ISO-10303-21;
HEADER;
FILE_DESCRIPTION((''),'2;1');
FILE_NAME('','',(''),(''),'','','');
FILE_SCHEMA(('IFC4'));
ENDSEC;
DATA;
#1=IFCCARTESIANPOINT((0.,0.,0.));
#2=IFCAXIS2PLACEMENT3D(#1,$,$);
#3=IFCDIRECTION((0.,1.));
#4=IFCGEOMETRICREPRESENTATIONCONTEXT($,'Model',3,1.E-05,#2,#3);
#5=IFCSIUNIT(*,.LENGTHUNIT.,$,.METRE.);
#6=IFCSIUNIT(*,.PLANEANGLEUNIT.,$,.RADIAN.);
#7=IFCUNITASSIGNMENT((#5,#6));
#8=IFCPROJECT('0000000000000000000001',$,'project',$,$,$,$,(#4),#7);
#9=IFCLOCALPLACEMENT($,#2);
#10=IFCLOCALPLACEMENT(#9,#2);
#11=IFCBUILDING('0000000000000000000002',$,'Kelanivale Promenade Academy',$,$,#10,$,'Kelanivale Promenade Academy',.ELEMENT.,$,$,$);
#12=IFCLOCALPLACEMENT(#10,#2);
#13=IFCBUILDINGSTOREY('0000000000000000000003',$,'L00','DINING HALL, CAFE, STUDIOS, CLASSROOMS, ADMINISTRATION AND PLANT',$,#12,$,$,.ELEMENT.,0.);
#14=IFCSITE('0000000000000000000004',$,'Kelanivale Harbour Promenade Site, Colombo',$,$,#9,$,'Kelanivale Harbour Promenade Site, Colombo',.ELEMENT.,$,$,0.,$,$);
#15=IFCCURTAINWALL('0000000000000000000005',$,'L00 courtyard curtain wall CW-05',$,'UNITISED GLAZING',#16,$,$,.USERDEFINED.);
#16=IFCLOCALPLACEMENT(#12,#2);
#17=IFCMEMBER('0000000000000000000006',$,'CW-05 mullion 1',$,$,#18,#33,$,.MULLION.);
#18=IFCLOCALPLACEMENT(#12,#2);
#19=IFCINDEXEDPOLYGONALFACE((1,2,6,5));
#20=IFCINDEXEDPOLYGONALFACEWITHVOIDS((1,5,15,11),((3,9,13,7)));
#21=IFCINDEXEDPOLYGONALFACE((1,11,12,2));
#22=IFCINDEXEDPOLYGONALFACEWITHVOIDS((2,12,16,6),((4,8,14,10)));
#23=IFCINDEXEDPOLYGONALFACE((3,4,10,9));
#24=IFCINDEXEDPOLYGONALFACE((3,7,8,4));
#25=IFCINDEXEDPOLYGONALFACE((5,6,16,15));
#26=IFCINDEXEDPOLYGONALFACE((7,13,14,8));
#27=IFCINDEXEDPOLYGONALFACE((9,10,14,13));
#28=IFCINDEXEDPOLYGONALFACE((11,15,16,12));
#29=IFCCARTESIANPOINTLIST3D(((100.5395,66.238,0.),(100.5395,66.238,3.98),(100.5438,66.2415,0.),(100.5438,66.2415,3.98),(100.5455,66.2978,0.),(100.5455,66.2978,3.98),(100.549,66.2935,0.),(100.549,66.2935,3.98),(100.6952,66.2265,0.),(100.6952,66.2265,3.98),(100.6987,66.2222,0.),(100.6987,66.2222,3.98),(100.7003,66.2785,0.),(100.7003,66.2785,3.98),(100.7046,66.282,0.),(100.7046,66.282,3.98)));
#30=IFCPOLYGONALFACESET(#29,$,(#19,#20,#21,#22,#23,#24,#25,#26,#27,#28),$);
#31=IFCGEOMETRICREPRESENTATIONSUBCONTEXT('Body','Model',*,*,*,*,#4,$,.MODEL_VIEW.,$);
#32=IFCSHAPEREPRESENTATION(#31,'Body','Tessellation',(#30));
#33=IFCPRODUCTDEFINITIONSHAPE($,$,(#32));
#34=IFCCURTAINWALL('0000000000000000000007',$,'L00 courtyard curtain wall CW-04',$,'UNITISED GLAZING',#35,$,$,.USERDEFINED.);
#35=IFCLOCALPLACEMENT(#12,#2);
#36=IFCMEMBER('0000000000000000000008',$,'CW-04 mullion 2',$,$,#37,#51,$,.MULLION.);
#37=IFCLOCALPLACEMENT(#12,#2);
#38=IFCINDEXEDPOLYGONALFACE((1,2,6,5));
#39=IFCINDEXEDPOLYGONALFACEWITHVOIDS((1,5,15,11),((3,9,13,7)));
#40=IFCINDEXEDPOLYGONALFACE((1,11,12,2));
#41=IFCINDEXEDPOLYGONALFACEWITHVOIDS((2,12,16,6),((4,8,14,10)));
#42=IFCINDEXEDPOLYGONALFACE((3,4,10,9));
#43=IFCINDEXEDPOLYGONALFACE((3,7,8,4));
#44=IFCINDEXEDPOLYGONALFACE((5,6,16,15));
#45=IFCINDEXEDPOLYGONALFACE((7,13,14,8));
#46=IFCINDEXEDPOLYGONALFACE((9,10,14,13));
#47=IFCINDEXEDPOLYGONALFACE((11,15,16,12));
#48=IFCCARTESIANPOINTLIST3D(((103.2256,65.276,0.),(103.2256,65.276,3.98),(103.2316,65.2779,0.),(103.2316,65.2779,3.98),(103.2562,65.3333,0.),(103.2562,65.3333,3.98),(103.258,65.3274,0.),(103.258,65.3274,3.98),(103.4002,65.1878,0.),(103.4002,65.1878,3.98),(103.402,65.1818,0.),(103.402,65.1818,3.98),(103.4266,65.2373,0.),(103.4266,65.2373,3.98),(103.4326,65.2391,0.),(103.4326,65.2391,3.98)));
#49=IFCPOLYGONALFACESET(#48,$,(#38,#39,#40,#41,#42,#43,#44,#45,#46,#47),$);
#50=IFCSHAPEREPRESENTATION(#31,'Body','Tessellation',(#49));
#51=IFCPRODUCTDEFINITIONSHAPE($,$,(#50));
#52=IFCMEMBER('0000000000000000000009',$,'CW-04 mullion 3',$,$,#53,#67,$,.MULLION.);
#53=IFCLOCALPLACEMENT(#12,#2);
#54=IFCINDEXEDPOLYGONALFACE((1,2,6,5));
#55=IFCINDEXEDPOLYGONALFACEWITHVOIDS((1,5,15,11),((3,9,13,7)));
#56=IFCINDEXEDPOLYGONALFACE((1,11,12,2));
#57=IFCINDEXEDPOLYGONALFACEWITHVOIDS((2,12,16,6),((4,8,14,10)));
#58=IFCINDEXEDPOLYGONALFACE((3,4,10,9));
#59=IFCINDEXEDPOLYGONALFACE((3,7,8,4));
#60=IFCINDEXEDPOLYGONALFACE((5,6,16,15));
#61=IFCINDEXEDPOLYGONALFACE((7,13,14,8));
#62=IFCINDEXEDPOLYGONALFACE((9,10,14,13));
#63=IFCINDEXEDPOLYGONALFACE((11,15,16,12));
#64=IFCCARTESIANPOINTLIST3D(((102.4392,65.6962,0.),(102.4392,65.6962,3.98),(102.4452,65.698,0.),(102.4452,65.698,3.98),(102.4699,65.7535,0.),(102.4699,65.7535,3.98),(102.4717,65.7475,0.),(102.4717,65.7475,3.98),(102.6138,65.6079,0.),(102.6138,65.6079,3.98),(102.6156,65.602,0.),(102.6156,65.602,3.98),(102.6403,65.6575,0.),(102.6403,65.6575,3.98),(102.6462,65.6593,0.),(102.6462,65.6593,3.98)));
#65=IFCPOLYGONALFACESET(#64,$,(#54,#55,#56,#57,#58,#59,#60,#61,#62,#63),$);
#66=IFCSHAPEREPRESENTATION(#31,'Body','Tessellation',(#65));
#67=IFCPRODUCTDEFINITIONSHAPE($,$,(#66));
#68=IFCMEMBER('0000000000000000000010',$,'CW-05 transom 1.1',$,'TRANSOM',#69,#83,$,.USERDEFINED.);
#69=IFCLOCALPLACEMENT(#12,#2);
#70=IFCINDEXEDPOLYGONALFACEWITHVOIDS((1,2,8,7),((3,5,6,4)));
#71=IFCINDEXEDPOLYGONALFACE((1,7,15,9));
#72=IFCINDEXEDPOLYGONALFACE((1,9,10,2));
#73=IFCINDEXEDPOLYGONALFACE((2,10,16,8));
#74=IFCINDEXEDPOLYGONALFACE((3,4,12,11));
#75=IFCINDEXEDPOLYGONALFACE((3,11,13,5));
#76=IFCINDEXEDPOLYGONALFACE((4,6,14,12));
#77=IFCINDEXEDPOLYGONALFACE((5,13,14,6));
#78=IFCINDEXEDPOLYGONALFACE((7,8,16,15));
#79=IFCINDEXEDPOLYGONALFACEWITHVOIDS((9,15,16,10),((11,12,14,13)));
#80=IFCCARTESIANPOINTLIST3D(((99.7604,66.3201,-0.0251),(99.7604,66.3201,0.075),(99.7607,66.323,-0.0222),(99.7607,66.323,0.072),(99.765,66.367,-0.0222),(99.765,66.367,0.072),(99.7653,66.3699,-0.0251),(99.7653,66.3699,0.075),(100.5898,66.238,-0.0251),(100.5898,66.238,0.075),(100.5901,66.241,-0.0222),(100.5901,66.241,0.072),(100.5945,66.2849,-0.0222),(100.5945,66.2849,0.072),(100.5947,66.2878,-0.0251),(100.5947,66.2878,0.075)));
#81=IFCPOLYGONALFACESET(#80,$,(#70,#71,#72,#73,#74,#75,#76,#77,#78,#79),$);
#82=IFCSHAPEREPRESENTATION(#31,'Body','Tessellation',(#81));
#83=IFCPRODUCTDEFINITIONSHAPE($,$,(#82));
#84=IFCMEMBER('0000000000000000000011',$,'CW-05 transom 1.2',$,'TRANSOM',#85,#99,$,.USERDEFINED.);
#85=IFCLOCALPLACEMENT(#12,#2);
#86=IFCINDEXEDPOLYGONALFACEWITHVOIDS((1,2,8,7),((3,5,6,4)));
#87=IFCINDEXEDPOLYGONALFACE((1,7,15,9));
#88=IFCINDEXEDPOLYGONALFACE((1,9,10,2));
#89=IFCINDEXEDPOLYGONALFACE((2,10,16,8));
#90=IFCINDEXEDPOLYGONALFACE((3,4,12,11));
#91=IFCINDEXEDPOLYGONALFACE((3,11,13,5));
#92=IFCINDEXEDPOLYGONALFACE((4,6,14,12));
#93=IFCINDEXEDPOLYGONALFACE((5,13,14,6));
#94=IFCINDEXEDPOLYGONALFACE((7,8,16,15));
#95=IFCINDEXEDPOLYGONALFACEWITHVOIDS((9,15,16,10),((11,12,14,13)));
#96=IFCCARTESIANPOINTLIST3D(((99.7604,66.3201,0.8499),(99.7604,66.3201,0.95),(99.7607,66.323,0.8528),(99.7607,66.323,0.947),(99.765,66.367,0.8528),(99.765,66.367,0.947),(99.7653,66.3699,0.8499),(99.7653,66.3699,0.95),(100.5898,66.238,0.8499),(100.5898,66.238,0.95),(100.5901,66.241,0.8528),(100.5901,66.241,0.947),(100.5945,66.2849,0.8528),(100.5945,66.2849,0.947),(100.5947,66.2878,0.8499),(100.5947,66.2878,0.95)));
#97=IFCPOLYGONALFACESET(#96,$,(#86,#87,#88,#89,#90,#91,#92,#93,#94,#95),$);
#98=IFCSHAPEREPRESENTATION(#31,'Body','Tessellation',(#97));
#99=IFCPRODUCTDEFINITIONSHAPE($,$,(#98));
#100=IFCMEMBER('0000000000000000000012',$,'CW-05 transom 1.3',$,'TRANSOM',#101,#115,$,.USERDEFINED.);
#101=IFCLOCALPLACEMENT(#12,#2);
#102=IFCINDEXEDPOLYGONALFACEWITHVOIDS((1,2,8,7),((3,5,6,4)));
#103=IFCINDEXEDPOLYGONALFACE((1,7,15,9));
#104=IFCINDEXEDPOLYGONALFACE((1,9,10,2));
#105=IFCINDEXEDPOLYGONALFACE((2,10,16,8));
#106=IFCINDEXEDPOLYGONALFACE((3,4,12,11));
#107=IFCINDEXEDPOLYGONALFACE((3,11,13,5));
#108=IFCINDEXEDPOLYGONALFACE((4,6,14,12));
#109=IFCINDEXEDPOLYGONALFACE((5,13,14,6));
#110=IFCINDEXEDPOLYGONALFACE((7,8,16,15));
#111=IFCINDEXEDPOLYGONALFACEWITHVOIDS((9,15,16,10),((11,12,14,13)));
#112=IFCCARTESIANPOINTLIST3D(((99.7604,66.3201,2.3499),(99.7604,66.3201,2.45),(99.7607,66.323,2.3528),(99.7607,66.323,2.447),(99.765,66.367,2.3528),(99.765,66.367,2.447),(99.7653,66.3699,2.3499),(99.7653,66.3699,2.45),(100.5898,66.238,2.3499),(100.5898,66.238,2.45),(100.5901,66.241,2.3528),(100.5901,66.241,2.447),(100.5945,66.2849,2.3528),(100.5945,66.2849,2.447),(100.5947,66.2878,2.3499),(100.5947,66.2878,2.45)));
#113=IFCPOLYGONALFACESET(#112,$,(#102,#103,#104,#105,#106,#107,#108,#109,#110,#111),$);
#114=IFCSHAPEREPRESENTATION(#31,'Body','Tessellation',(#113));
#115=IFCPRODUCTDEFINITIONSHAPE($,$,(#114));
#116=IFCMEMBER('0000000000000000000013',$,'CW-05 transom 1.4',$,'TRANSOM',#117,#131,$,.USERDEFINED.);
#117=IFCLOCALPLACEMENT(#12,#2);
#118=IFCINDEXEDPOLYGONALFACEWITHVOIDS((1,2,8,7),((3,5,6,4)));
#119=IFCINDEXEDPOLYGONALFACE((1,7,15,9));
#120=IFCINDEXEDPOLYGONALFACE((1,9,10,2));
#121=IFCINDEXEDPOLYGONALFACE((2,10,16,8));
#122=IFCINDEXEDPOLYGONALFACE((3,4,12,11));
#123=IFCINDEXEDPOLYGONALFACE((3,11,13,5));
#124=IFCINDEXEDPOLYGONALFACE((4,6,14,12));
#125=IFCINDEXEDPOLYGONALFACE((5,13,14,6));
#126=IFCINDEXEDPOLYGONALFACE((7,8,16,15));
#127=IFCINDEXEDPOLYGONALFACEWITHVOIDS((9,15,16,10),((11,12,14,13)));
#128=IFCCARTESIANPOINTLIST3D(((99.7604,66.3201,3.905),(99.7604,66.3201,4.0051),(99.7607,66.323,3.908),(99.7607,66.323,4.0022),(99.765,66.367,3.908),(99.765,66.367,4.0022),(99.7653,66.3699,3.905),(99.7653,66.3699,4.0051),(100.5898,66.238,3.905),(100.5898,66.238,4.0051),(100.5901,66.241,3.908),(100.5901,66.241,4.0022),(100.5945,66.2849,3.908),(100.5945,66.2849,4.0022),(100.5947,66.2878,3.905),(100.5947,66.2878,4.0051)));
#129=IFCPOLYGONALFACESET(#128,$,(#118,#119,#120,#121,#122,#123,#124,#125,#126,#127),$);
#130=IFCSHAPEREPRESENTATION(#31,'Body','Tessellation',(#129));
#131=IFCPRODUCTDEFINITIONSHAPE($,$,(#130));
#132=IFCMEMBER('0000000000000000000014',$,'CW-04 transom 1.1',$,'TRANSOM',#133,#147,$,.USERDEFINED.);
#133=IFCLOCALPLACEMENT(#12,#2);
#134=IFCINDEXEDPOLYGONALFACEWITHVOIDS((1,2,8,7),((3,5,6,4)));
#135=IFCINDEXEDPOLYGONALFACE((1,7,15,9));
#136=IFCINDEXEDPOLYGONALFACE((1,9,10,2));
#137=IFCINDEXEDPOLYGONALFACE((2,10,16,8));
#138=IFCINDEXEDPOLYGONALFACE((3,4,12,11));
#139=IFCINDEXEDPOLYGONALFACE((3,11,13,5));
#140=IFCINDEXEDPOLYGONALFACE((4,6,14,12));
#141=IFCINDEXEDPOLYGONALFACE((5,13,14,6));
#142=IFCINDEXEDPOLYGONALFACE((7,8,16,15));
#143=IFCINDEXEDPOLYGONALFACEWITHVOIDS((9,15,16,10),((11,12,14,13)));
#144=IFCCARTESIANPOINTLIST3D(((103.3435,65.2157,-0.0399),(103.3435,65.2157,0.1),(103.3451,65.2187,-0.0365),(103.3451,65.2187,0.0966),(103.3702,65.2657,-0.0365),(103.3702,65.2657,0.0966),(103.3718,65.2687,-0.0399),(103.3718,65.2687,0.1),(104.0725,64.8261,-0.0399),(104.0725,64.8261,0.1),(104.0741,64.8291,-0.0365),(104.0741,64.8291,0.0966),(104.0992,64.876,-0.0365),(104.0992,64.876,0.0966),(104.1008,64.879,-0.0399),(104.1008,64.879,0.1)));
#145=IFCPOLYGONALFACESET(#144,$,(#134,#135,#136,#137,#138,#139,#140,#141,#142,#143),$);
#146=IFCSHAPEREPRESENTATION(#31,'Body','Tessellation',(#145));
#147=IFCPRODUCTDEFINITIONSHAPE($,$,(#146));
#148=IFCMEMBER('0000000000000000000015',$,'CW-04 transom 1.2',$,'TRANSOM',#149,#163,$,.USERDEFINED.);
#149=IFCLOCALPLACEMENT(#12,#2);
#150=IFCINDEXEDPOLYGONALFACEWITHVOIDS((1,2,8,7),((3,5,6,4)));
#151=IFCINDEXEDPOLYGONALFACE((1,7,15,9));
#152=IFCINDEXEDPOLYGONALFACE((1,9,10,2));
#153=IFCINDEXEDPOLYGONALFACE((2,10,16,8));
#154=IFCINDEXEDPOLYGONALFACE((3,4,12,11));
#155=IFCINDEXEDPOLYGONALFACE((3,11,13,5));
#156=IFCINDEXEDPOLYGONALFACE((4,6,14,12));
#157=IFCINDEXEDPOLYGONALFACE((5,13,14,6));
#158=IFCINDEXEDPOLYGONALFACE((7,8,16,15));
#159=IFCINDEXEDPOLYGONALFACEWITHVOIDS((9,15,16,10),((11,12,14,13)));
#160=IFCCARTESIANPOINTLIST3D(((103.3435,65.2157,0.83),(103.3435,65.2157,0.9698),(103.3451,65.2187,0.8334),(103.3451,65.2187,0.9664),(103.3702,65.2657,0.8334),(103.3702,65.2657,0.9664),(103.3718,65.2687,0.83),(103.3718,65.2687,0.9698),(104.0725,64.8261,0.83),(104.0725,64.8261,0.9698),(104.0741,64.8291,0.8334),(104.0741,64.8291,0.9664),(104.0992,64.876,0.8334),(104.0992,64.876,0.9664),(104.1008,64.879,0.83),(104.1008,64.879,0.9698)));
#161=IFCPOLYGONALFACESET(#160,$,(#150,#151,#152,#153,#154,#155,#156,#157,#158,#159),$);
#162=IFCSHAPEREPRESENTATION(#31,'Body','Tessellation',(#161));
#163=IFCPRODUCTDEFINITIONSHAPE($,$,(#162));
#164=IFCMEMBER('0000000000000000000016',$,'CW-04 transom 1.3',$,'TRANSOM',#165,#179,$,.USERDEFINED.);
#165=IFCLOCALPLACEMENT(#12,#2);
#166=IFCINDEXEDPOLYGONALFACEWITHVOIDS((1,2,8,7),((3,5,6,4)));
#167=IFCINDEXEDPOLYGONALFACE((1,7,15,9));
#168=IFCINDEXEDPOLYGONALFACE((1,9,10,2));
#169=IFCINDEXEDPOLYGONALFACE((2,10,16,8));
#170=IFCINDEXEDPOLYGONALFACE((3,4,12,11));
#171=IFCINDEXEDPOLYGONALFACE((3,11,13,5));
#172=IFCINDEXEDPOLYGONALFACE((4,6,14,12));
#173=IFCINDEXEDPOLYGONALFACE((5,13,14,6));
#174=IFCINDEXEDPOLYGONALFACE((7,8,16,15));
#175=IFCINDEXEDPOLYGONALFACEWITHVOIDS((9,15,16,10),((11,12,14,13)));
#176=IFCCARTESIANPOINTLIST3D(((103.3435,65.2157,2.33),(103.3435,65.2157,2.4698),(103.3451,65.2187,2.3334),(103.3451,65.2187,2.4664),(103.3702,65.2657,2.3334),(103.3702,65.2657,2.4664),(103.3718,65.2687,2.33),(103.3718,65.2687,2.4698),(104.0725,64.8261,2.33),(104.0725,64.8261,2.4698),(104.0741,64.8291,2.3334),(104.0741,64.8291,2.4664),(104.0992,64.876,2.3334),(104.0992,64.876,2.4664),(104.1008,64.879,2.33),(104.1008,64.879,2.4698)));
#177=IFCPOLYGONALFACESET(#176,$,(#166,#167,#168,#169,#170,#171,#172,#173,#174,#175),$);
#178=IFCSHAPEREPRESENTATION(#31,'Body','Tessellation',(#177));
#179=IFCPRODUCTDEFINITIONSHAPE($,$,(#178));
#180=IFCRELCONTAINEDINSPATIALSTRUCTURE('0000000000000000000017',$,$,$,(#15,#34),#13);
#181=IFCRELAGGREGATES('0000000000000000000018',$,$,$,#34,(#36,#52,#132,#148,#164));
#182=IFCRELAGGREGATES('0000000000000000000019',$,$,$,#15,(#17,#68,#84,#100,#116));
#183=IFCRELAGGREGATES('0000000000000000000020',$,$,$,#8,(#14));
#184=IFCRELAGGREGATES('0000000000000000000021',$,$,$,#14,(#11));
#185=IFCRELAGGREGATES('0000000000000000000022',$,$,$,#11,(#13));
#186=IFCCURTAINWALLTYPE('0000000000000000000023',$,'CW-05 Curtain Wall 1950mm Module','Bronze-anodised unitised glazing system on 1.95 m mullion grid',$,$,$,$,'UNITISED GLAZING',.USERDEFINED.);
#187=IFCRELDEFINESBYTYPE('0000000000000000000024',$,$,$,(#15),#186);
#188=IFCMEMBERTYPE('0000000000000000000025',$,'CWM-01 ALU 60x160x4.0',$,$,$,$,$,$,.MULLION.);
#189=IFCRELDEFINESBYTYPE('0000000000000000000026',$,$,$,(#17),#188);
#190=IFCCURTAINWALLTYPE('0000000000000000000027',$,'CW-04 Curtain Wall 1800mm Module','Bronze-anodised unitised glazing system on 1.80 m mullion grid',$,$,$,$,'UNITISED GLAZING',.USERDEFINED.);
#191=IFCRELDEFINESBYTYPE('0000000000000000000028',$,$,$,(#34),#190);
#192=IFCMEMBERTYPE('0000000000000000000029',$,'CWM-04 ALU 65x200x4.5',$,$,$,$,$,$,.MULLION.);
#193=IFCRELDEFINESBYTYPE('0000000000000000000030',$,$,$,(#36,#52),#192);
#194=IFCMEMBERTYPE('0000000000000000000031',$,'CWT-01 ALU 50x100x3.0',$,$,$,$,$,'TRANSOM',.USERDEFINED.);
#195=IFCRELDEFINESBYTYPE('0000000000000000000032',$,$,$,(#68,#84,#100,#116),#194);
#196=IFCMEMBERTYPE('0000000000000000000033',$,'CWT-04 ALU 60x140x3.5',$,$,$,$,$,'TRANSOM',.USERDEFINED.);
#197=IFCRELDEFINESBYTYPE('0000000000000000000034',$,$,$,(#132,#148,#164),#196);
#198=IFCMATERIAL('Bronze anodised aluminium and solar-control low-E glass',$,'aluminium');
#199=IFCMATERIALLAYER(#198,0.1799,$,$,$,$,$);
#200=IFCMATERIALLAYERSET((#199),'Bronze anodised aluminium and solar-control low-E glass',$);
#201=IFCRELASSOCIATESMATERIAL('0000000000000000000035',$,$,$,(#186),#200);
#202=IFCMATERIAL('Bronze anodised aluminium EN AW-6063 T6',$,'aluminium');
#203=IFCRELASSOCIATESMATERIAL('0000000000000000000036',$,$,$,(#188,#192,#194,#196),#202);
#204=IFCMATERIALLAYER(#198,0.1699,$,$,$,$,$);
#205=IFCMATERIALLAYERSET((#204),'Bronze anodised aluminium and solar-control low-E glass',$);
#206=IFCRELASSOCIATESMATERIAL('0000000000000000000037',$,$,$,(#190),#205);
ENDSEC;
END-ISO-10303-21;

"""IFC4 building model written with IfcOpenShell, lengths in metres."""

from ifc_helpers import new_model, si_unit, direction, frame, origin, origin_2d, place, context, subcontext, project, spatial, hollow_rectangle, extrude, material, layer, layer_set, material_profile, profile_set, type_object, element, aggregate, save


model = new_model("IFC4")

# Units and contexts
model_context = context("Model", 3, precision=1e-05, world=origin(), true_north=direction((0.0, 1.0)))
body_context = subcontext(model_context, "Body", "Model", "MODEL_VIEW")
ifc_project = project(units=[si_unit("LENGTHUNIT", "METRE"), si_unit("PLANEANGLEUNIT", "RADIAN")], contexts=[model_context])

# Site, building, storey
site_placement = place(None, origin())
site = spatial("IfcSite", under=ifc_project, at=site_placement, Name="Kelanivale Harbour Promenade Site, Colombo", LongName="Kelanivale Harbour Promenade Site, Colombo", CompositionType="ELEMENT", RefElevation=0.0)
building_placement = place(site_placement, origin())
building = spatial("IfcBuilding", under=site, at=building_placement, Name="Kelanivale Promenade Academy", LongName="Kelanivale Promenade Academy", CompositionType="ELEMENT")
storey_placement = place(building_placement, origin())
storey = spatial("IfcBuildingStorey", under=building, at=storey_placement, Name="L00", Description="DINING HALL, CAFE, STUDIOS, CLASSROOMS, ADMINISTRATION AND PLANT", CompositionType="ELEMENT", Elevation=0.0)

# Curtain wall, member
ifc_material_1 = material(Name="Bronze anodised aluminium and solar-control low-E glass", Category="aluminium")
ifc_layer_1 = layer(ifc_material_1, 0.1799)
ifc_layer_set_1 = layer_set([ifc_layer_1], Name="Bronze anodised aluminium and solar-control low-E glass")
curtain_wall_type_1 = type_object("IfcCurtainWallType", Name="CW-05 Curtain Wall 1950mm Module", Description="Bronze-anodised unitised glazing system on 1.95 m mullion grid", ElementType="UNITISED GLAZING", PredefinedType="USERDEFINED", material=ifc_layer_set_1)
curtain_wall_1_placement = place(storey_placement, origin())
curtain_wall_1 = element("IfcCurtainWall", 1, at=curtain_wall_1_placement, inside=storey, type_object=curtain_wall_type_1, Name="L00 courtyard curtain wall CW-05", ObjectType="UNITISED GLAZING", PredefinedType="USERDEFINED")
ifc_material_2 = material(Name="Bronze anodised aluminium EN AW-6063 T6", Category="aluminium")
ifc_material_profile_1 = material_profile(ifc_material_2, hollow_rectangle(XDim=0.0601, YDim=0.1599, WallThickness=0.0039, at=origin_2d()), Name="ALU 60x160x4.0")
ifc_profile_set_1 = profile_set([ifc_material_profile_1], Name="Bronze anodised aluminium EN AW-6063 T6")
member_type_1 = type_object("IfcMemberType", Name="CWM-01 ALU 60x160x4.0", PredefinedType="MULLION", material=ifc_profile_set_1)
member_1_placement = place(storey_placement, frame((100.6221, 66.26, 0.0), z_axis=(0.0, 0.0, 1.0), x_axis=(-0.098539, -0.995133, 0.0)))
member_1 = element("IfcMember", 2, at=member_1_placement, type_object=member_type_1, Name="CW-05 mullion 1", PredefinedType="MULLION", context=body_context, shape_type="SweptSolid", body=[
    extrude(hollow_rectangle(XDim=0.0601, YDim=0.1599, WallThickness=0.0039, at=origin_2d()), origin(), (0.0, 0.0, 1.0), 3.98),
])

# Curtain wall, members
ifc_layer_2 = layer(ifc_material_1, 0.1699)
ifc_layer_set_2 = layer_set([ifc_layer_2], Name="Bronze anodised aluminium and solar-control low-E glass")
curtain_wall_type_2 = type_object("IfcCurtainWallType", Name="CW-04 Curtain Wall 1800mm Module", Description="Bronze-anodised unitised glazing system on 1.80 m mullion grid", ElementType="UNITISED GLAZING", PredefinedType="USERDEFINED", material=ifc_layer_set_2)
curtain_wall_2_placement = place(storey_placement, origin())
curtain_wall_2 = element("IfcCurtainWall", 3, at=curtain_wall_2_placement, inside=storey, type_object=curtain_wall_type_2, Name="L00 courtyard curtain wall CW-04", ObjectType="UNITISED GLAZING", PredefinedType="USERDEFINED")
ifc_material_profile_2 = material_profile(ifc_material_2, hollow_rectangle(XDim=0.0649, YDim=0.2, WallThickness=0.0044, at=origin_2d()), Name="ALU 65x200x4.5")
ifc_profile_set_2 = profile_set([ifc_material_profile_2], Name="Bronze anodised aluminium EN AW-6063 T6")
member_type_2 = type_object("IfcMemberType", Name="CWM-04 ALU 65x200x4.5", PredefinedType="MULLION", material=ifc_profile_set_2)
member_2_placement = place(storey_placement, frame((103.3291, 65.2576, 0.0), z_axis=(0.0, 0.0, 1.0), x_axis=(-0.47129, -0.881978, 0.0)))
member_2 = element("IfcMember", 4, at=member_2_placement, type_object=member_type_2, Name="CW-04 mullion 2", PredefinedType="MULLION", context=body_context, shape_type="SweptSolid", body=[
    extrude(hollow_rectangle(XDim=0.0649, YDim=0.2, WallThickness=0.0044, at=origin_2d()), origin(), (0.0, 0.0, 1.0), 3.98),
])
member_3_placement = place(storey_placement, frame((102.5427, 65.6777, 0.0), z_axis=(0.0, 0.0, 1.0), x_axis=(-0.47129, -0.881978, 0.0)))
member_3 = element("IfcMember", 5, at=member_3_placement, type_object=member_type_2, Name="CW-04 mullion 3", PredefinedType="MULLION", context=body_context, shape_type="SweptSolid", body=[
    extrude(hollow_rectangle(XDim=0.0649, YDim=0.2, WallThickness=0.0044, at=origin_2d()), origin(), (0.0, 0.0, 1.0), 3.98),
])

# Members
ifc_material_profile_3 = material_profile(ifc_material_2, hollow_rectangle(XDim=0.05, YDim=0.1001, WallThickness=0.0029, at=origin_2d()), Name="ALU 50x100x3.0")
ifc_profile_set_3 = profile_set([ifc_material_profile_3], Name="Bronze anodised aluminium EN AW-6063 T6")
member_type_3 = type_object("IfcMemberType", Name="CWT-01 ALU 50x100x3.0", ElementType="TRANSOM", PredefinedType="USERDEFINED", material=ifc_profile_set_3)
member_4_placement = place(storey_placement, frame((100.5923, 66.2629, 0.0249), z_axis=(-0.995144, 0.09843, 0.0), x_axis=(-0.09843, -0.995144, 0.0)))
member_4 = element("IfcMember", 6, at=member_4_placement, type_object=member_type_3, Name="CW-05 transom 1.1", ObjectType="TRANSOM", PredefinedType="USERDEFINED", context=body_context, shape_type="SweptSolid", body=[
    extrude(hollow_rectangle(XDim=0.05, YDim=0.1001, WallThickness=0.0029, at=origin_2d()), origin(), (0.0, 0.0, 1.0), 0.8335),
])
member_5_placement = place(storey_placement, frame((100.5923, 66.2629, 0.8999), z_axis=(-0.995144, 0.09843, 0.0), x_axis=(-0.09843, -0.995144, 0.0)))
member_5 = element("IfcMember", 7, at=member_5_placement, type_object=member_type_3, Name="CW-05 transom 1.2", ObjectType="TRANSOM", PredefinedType="USERDEFINED", context=body_context, shape_type="SweptSolid", body=[
    extrude(hollow_rectangle(XDim=0.05, YDim=0.1001, WallThickness=0.0029, at=origin_2d()), origin(), (0.0, 0.0, 1.0), 0.8335),
])
member_6_placement = place(storey_placement, frame((100.5923, 66.2629, 2.3999), z_axis=(-0.995144, 0.09843, 0.0), x_axis=(-0.09843, -0.995144, 0.0)))
member_6 = element("IfcMember", 8, at=member_6_placement, type_object=member_type_3, Name="CW-05 transom 1.3", ObjectType="TRANSOM", PredefinedType="USERDEFINED", context=body_context, shape_type="SweptSolid", body=[
    extrude(hollow_rectangle(XDim=0.05, YDim=0.1001, WallThickness=0.0029, at=origin_2d()), origin(), (0.0, 0.0, 1.0), 0.8335),
])
member_7_placement = place(storey_placement, frame((100.5923, 66.2629, 3.9551), z_axis=(-0.995144, 0.09843, 0.0), x_axis=(-0.09843, -0.995144, 0.0)))
member_7 = element("IfcMember", 9, at=member_7_placement, type_object=member_type_3, Name="CW-05 transom 1.4", ObjectType="TRANSOM", PredefinedType="USERDEFINED", context=body_context, shape_type="SweptSolid", body=[
    extrude(hollow_rectangle(XDim=0.05, YDim=0.1001, WallThickness=0.0029, at=origin_2d()), origin(), (0.0, 0.0, 1.0), 0.8335),
])
ifc_material_profile_4 = material_profile(ifc_material_2, hollow_rectangle(XDim=0.0601, YDim=0.1399, WallThickness=0.0034, at=origin_2d()), Name="ALU 60x140x3.5")
ifc_profile_set_4 = profile_set([ifc_material_profile_4], Name="Bronze anodised aluminium EN AW-6063 T6")
member_type_4 = type_object("IfcMemberType", Name="CWT-04 ALU 60x140x3.5", ElementType="TRANSOM", PredefinedType="USERDEFINED", material=ifc_profile_set_4)
member_8_placement = place(storey_placement, frame((104.0867, 64.8525, 0.03), z_axis=(-0.881927, 0.471385, 0.0), x_axis=(-0.471385, -0.881927, 0.0)))
member_8 = element("IfcMember", 10, at=member_8_placement, type_object=member_type_4, Name="CW-04 transom 1.1", ObjectType="TRANSOM", PredefinedType="USERDEFINED", context=body_context, shape_type="SweptSolid", body=[
    extrude(hollow_rectangle(XDim=0.0601, YDim=0.1399, WallThickness=0.0034, at=origin_2d()), origin(), (0.0, 0.0, 1.0), 0.8267),
])
member_9_placement = place(storey_placement, frame((104.0867, 64.8525, 0.8999), z_axis=(-0.881927, 0.471385, 0.0), x_axis=(-0.471385, -0.881927, 0.0)))
member_9 = element("IfcMember", 11, at=member_9_placement, type_object=member_type_4, Name="CW-04 transom 1.2", ObjectType="TRANSOM", PredefinedType="USERDEFINED", context=body_context, shape_type="SweptSolid", body=[
    extrude(hollow_rectangle(XDim=0.0601, YDim=0.1399, WallThickness=0.0034, at=origin_2d()), origin(), (0.0, 0.0, 1.0), 0.8267),
])
member_10_placement = place(storey_placement, frame((104.0867, 64.8525, 2.3999), z_axis=(-0.881927, 0.471385, 0.0), x_axis=(-0.471385, -0.881927, 0.0)))
member_10 = element("IfcMember", 12, at=member_10_placement, type_object=member_type_4, Name="CW-04 transom 1.3", ObjectType="TRANSOM", PredefinedType="USERDEFINED", context=body_context, shape_type="SweptSolid", body=[
    extrude(hollow_rectangle(XDim=0.0601, YDim=0.1399, WallThickness=0.0034, at=origin_2d()), origin(), (0.0, 0.0, 1.0), 0.8267),
])

aggregate(curtain_wall_2, [member_2, member_3, member_8, member_9, member_10])
aggregate(curtain_wall_1, [member_1, member_4, member_5, member_6, member_7])

save(model, "model.ifc")
